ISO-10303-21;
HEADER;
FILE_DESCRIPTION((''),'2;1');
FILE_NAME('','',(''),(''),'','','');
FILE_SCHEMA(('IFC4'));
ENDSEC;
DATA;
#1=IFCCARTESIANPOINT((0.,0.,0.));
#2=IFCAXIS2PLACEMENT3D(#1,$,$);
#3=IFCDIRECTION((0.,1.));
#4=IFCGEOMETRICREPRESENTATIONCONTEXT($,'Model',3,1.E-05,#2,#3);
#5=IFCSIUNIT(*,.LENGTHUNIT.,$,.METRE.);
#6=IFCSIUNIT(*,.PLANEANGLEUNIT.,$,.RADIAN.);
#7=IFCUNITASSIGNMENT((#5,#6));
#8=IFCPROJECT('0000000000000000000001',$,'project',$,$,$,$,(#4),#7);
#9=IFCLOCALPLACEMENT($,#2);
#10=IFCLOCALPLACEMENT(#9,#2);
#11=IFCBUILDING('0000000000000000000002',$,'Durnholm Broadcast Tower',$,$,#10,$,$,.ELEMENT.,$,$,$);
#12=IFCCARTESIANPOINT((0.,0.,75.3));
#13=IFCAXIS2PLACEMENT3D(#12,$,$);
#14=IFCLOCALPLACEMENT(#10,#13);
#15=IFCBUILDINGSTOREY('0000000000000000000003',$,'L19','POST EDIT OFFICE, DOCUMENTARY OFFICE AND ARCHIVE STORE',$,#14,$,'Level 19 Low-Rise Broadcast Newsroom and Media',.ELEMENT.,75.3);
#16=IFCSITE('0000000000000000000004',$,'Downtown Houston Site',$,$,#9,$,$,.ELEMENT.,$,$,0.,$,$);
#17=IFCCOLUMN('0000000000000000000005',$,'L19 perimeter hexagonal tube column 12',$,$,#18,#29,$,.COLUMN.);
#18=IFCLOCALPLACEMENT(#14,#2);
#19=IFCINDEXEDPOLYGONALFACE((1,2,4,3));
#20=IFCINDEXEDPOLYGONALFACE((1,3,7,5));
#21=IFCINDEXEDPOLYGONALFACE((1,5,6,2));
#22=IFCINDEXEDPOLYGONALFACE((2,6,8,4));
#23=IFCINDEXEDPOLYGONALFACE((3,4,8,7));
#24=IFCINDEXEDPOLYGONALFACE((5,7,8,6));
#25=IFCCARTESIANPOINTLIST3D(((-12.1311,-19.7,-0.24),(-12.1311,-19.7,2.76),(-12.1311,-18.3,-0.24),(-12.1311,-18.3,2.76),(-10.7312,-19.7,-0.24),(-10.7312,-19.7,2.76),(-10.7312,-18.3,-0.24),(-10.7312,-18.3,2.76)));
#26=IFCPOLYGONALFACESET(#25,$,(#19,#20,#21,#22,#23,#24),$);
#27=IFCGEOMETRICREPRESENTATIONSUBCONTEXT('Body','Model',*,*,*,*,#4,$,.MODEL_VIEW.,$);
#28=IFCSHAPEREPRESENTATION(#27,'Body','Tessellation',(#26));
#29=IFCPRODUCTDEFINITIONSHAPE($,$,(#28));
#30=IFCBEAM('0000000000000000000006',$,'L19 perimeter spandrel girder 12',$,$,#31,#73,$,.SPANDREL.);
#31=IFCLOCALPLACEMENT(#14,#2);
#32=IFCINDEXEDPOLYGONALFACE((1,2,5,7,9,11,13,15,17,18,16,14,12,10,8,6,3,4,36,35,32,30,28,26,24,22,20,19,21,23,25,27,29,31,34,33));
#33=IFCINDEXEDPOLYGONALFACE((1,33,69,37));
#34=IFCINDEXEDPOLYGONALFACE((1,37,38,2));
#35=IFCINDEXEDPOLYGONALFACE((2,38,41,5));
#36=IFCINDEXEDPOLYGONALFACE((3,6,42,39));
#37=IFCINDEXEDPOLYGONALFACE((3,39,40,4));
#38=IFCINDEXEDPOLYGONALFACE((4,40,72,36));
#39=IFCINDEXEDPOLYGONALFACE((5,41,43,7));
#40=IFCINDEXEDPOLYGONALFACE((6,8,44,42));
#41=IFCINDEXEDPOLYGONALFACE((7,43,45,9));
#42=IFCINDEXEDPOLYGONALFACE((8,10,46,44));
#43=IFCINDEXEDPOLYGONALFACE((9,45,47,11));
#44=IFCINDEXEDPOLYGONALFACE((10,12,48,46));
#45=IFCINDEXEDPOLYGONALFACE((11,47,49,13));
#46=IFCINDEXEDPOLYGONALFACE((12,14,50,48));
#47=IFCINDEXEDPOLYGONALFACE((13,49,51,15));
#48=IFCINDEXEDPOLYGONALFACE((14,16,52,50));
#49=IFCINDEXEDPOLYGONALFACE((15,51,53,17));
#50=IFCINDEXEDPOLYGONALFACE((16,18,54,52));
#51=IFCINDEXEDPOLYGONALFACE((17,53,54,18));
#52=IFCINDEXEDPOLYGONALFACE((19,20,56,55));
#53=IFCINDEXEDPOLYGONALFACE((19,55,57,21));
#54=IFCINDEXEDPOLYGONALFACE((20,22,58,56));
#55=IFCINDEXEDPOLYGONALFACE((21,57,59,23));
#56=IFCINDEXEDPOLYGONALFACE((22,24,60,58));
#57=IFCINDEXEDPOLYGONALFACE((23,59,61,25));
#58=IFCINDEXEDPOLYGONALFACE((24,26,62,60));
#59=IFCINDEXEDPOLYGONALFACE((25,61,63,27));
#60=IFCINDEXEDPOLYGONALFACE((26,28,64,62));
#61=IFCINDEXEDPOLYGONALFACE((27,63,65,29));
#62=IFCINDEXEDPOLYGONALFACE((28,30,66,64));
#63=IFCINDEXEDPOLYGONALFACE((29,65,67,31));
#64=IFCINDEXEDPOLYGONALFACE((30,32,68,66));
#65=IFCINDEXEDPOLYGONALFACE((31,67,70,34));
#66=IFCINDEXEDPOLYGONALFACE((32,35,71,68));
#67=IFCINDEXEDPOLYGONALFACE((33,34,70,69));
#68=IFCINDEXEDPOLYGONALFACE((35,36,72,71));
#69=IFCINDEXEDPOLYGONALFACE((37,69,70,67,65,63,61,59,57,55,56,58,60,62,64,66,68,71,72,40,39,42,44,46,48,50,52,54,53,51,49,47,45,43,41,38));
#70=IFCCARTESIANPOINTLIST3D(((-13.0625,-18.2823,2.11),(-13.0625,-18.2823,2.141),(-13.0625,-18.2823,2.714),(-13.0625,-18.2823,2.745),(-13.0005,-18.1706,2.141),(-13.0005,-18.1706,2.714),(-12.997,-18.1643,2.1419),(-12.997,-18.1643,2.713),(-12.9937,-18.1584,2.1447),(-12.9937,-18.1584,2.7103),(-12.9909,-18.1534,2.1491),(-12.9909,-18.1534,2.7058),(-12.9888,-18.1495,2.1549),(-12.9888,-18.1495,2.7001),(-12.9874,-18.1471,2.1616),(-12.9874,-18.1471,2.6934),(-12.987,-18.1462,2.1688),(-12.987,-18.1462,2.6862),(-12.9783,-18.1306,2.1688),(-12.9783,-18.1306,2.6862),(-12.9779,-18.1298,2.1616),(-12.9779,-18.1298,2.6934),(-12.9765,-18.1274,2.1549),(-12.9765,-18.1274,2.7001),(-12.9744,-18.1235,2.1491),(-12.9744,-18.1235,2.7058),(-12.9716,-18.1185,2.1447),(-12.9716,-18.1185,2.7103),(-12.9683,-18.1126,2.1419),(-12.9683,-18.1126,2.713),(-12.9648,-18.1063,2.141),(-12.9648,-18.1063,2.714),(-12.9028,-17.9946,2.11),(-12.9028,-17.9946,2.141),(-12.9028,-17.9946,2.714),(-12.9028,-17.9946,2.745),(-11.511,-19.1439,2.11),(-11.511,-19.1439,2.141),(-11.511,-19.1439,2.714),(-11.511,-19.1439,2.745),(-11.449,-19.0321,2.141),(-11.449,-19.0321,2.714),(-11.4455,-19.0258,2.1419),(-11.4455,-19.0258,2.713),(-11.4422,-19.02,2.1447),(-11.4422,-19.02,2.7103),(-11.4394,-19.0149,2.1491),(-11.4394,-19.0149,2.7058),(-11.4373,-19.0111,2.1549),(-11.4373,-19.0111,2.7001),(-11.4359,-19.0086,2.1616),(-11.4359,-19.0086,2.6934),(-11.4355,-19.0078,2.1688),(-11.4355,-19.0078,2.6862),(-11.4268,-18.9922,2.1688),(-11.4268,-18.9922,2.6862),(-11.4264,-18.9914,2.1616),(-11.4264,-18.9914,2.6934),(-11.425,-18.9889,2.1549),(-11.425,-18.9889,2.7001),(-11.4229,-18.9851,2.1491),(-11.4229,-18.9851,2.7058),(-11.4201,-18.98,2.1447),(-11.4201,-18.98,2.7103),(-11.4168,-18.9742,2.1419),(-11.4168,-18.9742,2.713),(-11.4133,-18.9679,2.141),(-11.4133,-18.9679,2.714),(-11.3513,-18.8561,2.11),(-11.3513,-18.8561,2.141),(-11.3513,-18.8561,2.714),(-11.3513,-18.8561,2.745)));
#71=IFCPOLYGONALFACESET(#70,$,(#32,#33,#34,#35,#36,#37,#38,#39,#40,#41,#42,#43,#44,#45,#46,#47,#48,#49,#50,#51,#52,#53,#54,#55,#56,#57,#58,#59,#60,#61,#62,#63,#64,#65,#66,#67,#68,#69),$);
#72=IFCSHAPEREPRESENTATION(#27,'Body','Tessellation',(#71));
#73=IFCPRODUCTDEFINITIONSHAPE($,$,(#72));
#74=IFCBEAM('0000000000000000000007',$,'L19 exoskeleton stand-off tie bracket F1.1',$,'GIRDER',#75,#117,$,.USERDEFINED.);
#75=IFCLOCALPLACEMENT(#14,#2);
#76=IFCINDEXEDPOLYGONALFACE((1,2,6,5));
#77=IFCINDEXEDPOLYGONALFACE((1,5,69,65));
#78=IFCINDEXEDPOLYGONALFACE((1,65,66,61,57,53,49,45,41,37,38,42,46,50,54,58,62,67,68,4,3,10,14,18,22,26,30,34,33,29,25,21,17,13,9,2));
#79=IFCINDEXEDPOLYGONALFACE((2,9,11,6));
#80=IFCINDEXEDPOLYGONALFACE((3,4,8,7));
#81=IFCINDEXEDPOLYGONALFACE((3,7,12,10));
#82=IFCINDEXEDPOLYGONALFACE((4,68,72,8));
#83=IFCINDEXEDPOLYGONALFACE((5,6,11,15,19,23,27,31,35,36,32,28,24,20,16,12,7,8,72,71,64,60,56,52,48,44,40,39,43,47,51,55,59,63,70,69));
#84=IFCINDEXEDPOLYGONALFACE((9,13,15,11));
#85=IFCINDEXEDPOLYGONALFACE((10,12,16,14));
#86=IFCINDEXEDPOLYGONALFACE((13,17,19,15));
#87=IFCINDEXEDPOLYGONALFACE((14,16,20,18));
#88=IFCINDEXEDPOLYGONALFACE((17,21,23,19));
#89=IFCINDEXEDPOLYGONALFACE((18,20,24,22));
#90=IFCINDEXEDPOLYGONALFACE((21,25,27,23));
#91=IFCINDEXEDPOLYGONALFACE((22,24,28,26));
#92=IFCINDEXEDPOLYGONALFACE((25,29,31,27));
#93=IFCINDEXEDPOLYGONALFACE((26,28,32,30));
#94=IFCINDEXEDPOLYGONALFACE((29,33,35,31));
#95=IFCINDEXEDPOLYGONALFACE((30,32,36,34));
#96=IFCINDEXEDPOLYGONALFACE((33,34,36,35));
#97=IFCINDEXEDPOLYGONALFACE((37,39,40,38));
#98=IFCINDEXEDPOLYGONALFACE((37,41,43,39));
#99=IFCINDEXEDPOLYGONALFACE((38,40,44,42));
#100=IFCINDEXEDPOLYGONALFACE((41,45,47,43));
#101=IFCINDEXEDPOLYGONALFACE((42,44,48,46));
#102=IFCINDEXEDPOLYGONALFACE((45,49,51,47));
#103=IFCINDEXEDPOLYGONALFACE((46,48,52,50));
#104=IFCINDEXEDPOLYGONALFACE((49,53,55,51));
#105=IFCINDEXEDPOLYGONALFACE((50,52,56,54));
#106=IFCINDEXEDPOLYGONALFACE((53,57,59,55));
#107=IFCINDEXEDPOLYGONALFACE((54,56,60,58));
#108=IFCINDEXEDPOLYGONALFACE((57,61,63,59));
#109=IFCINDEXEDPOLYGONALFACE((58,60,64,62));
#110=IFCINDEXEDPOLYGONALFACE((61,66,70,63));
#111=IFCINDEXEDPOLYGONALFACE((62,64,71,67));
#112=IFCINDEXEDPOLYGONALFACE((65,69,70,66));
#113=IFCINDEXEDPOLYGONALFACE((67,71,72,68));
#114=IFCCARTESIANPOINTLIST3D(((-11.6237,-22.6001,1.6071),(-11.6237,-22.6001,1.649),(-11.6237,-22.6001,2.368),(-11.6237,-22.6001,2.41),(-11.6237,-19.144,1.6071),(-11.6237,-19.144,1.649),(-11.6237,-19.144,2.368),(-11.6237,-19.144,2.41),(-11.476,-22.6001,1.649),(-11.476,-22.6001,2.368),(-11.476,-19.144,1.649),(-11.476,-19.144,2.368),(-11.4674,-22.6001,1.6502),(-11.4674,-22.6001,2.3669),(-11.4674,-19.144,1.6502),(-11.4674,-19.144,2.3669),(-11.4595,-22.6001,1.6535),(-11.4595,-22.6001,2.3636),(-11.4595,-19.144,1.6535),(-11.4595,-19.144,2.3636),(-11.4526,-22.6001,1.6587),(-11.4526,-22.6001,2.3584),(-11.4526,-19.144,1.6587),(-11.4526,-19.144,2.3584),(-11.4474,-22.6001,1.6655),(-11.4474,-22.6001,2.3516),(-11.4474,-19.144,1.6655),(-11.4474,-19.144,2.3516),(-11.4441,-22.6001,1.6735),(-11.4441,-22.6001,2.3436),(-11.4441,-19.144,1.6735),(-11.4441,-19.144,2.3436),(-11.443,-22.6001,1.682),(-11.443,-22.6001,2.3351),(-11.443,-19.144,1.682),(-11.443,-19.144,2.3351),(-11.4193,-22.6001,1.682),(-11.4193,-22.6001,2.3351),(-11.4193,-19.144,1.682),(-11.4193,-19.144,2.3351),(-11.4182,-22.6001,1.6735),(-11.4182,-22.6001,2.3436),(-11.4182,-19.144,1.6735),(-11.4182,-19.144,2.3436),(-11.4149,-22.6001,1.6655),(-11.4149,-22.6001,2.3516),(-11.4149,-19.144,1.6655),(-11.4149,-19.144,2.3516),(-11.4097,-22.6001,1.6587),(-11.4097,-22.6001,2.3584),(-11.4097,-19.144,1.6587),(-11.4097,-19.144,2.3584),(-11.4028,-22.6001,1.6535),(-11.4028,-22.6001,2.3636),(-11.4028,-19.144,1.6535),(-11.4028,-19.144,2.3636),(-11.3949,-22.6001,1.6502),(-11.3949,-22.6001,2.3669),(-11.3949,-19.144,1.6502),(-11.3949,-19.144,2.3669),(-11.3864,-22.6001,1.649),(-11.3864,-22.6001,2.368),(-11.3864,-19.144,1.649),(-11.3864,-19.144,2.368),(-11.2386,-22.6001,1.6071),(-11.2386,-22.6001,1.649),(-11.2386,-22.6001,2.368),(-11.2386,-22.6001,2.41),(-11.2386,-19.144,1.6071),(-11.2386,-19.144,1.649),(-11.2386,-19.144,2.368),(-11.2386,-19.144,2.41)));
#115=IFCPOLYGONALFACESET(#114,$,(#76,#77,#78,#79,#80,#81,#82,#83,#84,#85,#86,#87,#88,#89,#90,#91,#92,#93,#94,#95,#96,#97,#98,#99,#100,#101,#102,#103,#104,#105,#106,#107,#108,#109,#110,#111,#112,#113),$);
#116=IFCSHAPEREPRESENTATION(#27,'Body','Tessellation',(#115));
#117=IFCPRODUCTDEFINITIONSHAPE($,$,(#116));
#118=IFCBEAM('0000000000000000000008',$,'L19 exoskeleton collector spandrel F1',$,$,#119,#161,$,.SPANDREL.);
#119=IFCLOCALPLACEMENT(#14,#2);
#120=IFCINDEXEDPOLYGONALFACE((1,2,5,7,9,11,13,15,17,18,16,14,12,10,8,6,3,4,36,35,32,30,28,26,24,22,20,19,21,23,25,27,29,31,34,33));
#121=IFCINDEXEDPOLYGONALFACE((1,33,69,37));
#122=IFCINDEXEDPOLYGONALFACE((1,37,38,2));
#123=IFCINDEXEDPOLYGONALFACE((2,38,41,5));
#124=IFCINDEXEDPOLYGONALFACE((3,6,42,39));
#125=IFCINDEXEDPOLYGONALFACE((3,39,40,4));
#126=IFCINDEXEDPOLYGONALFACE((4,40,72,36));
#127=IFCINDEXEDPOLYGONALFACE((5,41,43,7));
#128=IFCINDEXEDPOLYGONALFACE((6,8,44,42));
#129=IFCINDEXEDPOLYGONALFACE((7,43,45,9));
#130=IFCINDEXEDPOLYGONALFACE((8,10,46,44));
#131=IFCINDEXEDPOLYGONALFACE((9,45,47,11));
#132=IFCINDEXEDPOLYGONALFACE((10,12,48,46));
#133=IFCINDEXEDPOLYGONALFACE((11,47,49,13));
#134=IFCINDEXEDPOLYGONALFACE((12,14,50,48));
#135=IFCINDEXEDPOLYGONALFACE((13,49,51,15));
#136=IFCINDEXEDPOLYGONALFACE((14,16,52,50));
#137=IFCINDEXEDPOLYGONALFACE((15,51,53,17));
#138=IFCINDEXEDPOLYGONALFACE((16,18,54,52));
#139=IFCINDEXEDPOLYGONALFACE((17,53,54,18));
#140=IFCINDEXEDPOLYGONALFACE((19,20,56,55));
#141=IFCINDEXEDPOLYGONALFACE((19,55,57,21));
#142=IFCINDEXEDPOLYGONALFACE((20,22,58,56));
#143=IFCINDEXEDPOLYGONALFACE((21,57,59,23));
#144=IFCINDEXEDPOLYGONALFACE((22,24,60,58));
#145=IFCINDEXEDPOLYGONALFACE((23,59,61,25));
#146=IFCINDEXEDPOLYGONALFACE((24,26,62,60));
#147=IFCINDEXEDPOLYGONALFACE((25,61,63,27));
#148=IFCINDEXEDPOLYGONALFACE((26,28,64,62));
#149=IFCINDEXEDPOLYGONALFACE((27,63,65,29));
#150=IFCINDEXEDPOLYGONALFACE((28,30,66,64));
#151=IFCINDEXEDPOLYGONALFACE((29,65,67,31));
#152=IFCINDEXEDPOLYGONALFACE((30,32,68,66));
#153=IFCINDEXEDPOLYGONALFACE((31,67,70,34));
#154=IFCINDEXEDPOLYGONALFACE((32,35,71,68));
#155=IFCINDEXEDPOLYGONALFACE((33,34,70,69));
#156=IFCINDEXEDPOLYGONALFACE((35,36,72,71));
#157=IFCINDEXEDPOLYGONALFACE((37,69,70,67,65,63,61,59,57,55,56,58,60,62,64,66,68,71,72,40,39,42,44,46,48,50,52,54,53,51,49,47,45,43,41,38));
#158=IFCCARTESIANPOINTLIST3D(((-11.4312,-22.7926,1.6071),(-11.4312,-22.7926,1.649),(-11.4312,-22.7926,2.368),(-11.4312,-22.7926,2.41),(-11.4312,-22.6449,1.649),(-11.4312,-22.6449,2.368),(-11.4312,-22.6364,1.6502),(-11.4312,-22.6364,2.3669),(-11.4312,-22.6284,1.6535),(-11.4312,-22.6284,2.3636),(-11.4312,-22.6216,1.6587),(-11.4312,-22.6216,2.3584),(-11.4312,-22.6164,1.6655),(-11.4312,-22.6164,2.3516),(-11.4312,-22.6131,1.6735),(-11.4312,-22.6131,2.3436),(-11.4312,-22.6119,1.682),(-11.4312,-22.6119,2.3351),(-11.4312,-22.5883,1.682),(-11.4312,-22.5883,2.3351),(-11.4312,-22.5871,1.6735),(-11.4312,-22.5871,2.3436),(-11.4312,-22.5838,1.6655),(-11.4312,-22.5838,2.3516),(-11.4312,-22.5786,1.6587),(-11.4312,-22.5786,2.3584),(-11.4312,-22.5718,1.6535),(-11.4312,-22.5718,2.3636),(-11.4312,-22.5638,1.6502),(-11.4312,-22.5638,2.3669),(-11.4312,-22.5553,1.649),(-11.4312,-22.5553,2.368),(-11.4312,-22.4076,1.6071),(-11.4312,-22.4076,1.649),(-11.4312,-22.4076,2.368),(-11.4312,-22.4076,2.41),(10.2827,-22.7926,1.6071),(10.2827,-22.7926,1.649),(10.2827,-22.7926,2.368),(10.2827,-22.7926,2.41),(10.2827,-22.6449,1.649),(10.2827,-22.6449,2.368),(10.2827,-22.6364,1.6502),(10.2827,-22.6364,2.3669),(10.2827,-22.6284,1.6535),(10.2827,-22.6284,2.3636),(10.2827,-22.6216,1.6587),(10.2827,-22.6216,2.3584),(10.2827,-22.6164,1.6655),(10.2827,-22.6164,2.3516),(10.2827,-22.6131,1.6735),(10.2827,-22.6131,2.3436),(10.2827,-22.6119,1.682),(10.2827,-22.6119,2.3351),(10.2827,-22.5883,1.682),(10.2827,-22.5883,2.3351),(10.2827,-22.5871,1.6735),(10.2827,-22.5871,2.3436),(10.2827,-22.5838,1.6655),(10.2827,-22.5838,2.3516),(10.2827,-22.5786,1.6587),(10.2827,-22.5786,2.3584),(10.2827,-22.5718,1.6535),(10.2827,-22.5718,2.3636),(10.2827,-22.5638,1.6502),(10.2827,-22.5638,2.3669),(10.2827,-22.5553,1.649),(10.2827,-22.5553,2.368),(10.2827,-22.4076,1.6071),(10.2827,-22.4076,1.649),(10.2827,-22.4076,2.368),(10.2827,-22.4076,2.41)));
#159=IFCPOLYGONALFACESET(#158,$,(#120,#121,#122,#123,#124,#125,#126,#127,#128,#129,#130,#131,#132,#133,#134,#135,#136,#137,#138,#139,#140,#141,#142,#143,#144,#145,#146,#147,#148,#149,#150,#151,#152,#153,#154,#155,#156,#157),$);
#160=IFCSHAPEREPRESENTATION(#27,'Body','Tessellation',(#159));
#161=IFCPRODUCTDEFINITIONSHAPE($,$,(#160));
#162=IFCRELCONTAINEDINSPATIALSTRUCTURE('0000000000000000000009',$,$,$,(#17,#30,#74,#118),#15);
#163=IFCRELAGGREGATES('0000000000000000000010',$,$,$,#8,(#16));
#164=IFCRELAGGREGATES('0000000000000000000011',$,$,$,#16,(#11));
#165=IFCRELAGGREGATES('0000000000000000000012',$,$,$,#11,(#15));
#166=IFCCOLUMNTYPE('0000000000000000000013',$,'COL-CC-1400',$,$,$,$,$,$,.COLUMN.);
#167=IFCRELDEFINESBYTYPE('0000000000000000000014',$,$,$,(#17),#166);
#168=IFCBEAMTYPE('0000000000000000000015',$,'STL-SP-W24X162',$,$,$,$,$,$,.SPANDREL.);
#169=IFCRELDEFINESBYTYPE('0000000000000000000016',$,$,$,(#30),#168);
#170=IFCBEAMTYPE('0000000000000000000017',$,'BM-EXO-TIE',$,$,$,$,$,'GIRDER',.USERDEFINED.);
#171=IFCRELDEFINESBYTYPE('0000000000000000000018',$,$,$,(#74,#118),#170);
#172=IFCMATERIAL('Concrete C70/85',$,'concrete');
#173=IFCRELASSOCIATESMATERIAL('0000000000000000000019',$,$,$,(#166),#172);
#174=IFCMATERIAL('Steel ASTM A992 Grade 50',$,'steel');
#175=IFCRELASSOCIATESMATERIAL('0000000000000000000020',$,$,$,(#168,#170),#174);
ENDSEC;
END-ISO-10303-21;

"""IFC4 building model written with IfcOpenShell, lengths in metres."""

from ifc_helpers import new_model, si_unit, direction, frame, origin, origin_2d, place, context, subcontext, project, spatial, rectangle, i_section, extrude, source, transform, mapped, material, material_profile, profile_set, type_object, type_shapes, element, save


model = new_model("IFC4")

# Units and contexts
model_context = context("Model", 3, precision=1e-05, world=origin(), true_north=direction((0.0, 1.0)))
body_context = subcontext(model_context, "Body", "Model", "MODEL_VIEW")
ifc_project = project(units=[si_unit("LENGTHUNIT", "METRE"), si_unit("PLANEANGLEUNIT", "RADIAN")], contexts=[model_context])

# Site, building, storey
site_placement = place(None, origin())
site = spatial("IfcSite", under=ifc_project, at=site_placement, Name="Downtown Houston Site", CompositionType="ELEMENT", RefElevation=0.0)
building_placement = place(site_placement, origin())
building = spatial("IfcBuilding", under=site, at=building_placement, Name="Durnholm Broadcast Tower", CompositionType="ELEMENT")
storey_placement = place(building_placement, frame((0.0, 0.0, 75.3)))
storey = spatial("IfcBuildingStorey", under=building, at=storey_placement, Name="L19", Description="POST EDIT OFFICE, DOCUMENTARY OFFICE AND ARCHIVE STORE", LongName="Level 19 Low-Rise Broadcast Newsroom and Media", CompositionType="ELEMENT", Elevation=75.3)

# Column
ifc_material_1 = material(Name="Concrete C70/85", Category="concrete")
ifc_material_profile_1 = material_profile(ifc_material_1, rectangle(XDim=1.3999, YDim=1.3999, at=origin_2d()), Name="RC1400X1400")
ifc_profile_set_1 = profile_set([ifc_material_profile_1], Name="Concrete C70/85")
column_type = type_object("IfcColumnType", Name="COL-CC-1400", PredefinedType="COLUMN", material=ifc_profile_set_1)
shared_shape_1 = source(origin(), body_context, "Body", "SweptSolid", [
    extrude(rectangle(XDim=1.3999, YDim=1.3999, at=origin_2d()), origin(), (0.0, 0.0, 1.0), 3.0),
])
type_shapes(column_type, [shared_shape_1])
column_placement = place(storey_placement, frame((-11.4312, -19.0, -0.24), z_axis=(0.0, 0.0, 1.0), x_axis=(1.0, 0.0, 0.0)))
element("IfcColumn", 1, at=column_placement, inside=storey, type_object=column_type, Name="L19 perimeter hexagonal tube column 12", PredefinedType="COLUMN", context=body_context, shape_type="MappedRepresentation", body=[
    mapped(shared_shape_1, transform((0.0, 0.0, 0.0), x_axis=(1.0, 0.0, 0.0), y_axis=(0.0, 1.0, 0.0), z_axis=(0.0, 0.0, 1.0), scale=1.0)),
])

# Beams
ifc_material_2 = material(Name="Steel ASTM A992 Grade 50", Category="steel")
ifc_material_profile_2 = material_profile(ifc_material_2, i_section(OverallWidth=0.3291, OverallDepth=0.635, WebThickness=0.0178, FlangeThickness=0.031, FilletRadius=0.0278, at=origin_2d()), Name="W24X162")
ifc_profile_set_2 = profile_set([ifc_material_profile_2], Name="Steel ASTM A992 Grade 50")
beam_type_1 = type_object("IfcBeamType", Name="STL-SP-W24X162", PredefinedType="SPANDREL", material=ifc_profile_set_2)
shared_shape_2 = source(origin(), body_context, "Body", "SweptSolid", [
    extrude(i_section(OverallWidth=0.3291, OverallDepth=0.635, WebThickness=0.0178, FlangeThickness=0.031, FilletRadius=0.0278, at=origin_2d()), origin(), (0.0, 0.0, 1.0), 1.7747),
])
type_shapes(beam_type_1, [shared_shape_2])
beam_1_placement = place(storey_placement, frame((-11.4312, -19.0, 2.4275), z_axis=(-0.874248, 0.485479, 0.0), x_axis=(-0.485479, -0.874248, 0.0)))
element("IfcBeam", 2, at=beam_1_placement, inside=storey, type_object=beam_type_1, Name="L19 perimeter spandrel girder 12", PredefinedType="SPANDREL", context=body_context, shape_type="MappedRepresentation", body=[
    mapped(shared_shape_2, transform((0.0, 0.0, 0.0), x_axis=(1.0, 0.0, 0.0), y_axis=(0.0, 1.0, 0.0), z_axis=(0.0, 0.0, 1.0), scale=1.0)),
])
ifc_material_profile_3 = material_profile(ifc_material_2, i_section(OverallWidth=0.385, OverallDepth=0.803, WebThickness=0.0237, FlangeThickness=0.042, FilletRadius=0.033, at=origin_2d()), Name="W30X261")
ifc_profile_set_3 = profile_set([ifc_material_profile_3], Name="Steel ASTM A992 Grade 50")
beam_type_2 = type_object("IfcBeamType", Name="BM-EXO-TIE", ElementType="GIRDER", PredefinedType="USERDEFINED", material=ifc_profile_set_3)
shared_shape_3 = source(origin(), body_context, "Body", "SweptSolid", [
    extrude(i_section(OverallWidth=0.385, OverallDepth=0.803, WebThickness=0.0237, FlangeThickness=0.042, FilletRadius=0.033, at=origin_2d()), origin(), (0.0, 0.0, 1.0), 3.4561),
])
beam_2_placement = place(storey_placement, frame((-11.4312, -19.144, 2.0085), z_axis=(0.0, -1.0, 0.0), x_axis=(1.0, 0.0, 0.0)))
element("IfcBeam", 3, at=beam_2_placement, inside=storey, type_object=beam_type_2, Name="L19 exoskeleton stand-off tie bracket F1.1", ObjectType="GIRDER", PredefinedType="USERDEFINED", context=body_context, shape_type="MappedRepresentation", body=[
    mapped(shared_shape_3, transform((0.0, 0.0, 0.0), x_axis=(1.0, 0.0, 0.0), y_axis=(0.0, 1.0, 0.0), z_axis=(0.0, 0.0, 1.0), scale=1.0)),
])
shared_shape_4 = source(origin(), body_context, "Body", "SweptSolid", [
    extrude(i_section(OverallWidth=0.385, OverallDepth=0.803, WebThickness=0.0237, FlangeThickness=0.042, FilletRadius=0.033, at=origin_2d()), origin(), (0.0, 0.0, 1.0), 21.7139),
])
type_shapes(beam_type_2, [shared_shape_3, shared_shape_4])
beam_3_placement = place(storey_placement, frame((-11.4312, -22.6001, 2.0085), z_axis=(1.0, 0.0, 0.0), x_axis=(0.0, 1.0, 0.0)))
element("IfcBeam", 4, at=beam_3_placement, inside=storey, type_object=beam_type_2, Name="L19 exoskeleton collector spandrel F1", PredefinedType="SPANDREL", context=body_context, shape_type="MappedRepresentation", body=[
    mapped(shared_shape_4, transform((0.0, 0.0, 0.0), x_axis=(1.0, 0.0, 0.0), y_axis=(0.0, 1.0, 0.0), z_axis=(0.0, 0.0, 1.0), scale=1.0)),
])

save(model, "model.ifc")
